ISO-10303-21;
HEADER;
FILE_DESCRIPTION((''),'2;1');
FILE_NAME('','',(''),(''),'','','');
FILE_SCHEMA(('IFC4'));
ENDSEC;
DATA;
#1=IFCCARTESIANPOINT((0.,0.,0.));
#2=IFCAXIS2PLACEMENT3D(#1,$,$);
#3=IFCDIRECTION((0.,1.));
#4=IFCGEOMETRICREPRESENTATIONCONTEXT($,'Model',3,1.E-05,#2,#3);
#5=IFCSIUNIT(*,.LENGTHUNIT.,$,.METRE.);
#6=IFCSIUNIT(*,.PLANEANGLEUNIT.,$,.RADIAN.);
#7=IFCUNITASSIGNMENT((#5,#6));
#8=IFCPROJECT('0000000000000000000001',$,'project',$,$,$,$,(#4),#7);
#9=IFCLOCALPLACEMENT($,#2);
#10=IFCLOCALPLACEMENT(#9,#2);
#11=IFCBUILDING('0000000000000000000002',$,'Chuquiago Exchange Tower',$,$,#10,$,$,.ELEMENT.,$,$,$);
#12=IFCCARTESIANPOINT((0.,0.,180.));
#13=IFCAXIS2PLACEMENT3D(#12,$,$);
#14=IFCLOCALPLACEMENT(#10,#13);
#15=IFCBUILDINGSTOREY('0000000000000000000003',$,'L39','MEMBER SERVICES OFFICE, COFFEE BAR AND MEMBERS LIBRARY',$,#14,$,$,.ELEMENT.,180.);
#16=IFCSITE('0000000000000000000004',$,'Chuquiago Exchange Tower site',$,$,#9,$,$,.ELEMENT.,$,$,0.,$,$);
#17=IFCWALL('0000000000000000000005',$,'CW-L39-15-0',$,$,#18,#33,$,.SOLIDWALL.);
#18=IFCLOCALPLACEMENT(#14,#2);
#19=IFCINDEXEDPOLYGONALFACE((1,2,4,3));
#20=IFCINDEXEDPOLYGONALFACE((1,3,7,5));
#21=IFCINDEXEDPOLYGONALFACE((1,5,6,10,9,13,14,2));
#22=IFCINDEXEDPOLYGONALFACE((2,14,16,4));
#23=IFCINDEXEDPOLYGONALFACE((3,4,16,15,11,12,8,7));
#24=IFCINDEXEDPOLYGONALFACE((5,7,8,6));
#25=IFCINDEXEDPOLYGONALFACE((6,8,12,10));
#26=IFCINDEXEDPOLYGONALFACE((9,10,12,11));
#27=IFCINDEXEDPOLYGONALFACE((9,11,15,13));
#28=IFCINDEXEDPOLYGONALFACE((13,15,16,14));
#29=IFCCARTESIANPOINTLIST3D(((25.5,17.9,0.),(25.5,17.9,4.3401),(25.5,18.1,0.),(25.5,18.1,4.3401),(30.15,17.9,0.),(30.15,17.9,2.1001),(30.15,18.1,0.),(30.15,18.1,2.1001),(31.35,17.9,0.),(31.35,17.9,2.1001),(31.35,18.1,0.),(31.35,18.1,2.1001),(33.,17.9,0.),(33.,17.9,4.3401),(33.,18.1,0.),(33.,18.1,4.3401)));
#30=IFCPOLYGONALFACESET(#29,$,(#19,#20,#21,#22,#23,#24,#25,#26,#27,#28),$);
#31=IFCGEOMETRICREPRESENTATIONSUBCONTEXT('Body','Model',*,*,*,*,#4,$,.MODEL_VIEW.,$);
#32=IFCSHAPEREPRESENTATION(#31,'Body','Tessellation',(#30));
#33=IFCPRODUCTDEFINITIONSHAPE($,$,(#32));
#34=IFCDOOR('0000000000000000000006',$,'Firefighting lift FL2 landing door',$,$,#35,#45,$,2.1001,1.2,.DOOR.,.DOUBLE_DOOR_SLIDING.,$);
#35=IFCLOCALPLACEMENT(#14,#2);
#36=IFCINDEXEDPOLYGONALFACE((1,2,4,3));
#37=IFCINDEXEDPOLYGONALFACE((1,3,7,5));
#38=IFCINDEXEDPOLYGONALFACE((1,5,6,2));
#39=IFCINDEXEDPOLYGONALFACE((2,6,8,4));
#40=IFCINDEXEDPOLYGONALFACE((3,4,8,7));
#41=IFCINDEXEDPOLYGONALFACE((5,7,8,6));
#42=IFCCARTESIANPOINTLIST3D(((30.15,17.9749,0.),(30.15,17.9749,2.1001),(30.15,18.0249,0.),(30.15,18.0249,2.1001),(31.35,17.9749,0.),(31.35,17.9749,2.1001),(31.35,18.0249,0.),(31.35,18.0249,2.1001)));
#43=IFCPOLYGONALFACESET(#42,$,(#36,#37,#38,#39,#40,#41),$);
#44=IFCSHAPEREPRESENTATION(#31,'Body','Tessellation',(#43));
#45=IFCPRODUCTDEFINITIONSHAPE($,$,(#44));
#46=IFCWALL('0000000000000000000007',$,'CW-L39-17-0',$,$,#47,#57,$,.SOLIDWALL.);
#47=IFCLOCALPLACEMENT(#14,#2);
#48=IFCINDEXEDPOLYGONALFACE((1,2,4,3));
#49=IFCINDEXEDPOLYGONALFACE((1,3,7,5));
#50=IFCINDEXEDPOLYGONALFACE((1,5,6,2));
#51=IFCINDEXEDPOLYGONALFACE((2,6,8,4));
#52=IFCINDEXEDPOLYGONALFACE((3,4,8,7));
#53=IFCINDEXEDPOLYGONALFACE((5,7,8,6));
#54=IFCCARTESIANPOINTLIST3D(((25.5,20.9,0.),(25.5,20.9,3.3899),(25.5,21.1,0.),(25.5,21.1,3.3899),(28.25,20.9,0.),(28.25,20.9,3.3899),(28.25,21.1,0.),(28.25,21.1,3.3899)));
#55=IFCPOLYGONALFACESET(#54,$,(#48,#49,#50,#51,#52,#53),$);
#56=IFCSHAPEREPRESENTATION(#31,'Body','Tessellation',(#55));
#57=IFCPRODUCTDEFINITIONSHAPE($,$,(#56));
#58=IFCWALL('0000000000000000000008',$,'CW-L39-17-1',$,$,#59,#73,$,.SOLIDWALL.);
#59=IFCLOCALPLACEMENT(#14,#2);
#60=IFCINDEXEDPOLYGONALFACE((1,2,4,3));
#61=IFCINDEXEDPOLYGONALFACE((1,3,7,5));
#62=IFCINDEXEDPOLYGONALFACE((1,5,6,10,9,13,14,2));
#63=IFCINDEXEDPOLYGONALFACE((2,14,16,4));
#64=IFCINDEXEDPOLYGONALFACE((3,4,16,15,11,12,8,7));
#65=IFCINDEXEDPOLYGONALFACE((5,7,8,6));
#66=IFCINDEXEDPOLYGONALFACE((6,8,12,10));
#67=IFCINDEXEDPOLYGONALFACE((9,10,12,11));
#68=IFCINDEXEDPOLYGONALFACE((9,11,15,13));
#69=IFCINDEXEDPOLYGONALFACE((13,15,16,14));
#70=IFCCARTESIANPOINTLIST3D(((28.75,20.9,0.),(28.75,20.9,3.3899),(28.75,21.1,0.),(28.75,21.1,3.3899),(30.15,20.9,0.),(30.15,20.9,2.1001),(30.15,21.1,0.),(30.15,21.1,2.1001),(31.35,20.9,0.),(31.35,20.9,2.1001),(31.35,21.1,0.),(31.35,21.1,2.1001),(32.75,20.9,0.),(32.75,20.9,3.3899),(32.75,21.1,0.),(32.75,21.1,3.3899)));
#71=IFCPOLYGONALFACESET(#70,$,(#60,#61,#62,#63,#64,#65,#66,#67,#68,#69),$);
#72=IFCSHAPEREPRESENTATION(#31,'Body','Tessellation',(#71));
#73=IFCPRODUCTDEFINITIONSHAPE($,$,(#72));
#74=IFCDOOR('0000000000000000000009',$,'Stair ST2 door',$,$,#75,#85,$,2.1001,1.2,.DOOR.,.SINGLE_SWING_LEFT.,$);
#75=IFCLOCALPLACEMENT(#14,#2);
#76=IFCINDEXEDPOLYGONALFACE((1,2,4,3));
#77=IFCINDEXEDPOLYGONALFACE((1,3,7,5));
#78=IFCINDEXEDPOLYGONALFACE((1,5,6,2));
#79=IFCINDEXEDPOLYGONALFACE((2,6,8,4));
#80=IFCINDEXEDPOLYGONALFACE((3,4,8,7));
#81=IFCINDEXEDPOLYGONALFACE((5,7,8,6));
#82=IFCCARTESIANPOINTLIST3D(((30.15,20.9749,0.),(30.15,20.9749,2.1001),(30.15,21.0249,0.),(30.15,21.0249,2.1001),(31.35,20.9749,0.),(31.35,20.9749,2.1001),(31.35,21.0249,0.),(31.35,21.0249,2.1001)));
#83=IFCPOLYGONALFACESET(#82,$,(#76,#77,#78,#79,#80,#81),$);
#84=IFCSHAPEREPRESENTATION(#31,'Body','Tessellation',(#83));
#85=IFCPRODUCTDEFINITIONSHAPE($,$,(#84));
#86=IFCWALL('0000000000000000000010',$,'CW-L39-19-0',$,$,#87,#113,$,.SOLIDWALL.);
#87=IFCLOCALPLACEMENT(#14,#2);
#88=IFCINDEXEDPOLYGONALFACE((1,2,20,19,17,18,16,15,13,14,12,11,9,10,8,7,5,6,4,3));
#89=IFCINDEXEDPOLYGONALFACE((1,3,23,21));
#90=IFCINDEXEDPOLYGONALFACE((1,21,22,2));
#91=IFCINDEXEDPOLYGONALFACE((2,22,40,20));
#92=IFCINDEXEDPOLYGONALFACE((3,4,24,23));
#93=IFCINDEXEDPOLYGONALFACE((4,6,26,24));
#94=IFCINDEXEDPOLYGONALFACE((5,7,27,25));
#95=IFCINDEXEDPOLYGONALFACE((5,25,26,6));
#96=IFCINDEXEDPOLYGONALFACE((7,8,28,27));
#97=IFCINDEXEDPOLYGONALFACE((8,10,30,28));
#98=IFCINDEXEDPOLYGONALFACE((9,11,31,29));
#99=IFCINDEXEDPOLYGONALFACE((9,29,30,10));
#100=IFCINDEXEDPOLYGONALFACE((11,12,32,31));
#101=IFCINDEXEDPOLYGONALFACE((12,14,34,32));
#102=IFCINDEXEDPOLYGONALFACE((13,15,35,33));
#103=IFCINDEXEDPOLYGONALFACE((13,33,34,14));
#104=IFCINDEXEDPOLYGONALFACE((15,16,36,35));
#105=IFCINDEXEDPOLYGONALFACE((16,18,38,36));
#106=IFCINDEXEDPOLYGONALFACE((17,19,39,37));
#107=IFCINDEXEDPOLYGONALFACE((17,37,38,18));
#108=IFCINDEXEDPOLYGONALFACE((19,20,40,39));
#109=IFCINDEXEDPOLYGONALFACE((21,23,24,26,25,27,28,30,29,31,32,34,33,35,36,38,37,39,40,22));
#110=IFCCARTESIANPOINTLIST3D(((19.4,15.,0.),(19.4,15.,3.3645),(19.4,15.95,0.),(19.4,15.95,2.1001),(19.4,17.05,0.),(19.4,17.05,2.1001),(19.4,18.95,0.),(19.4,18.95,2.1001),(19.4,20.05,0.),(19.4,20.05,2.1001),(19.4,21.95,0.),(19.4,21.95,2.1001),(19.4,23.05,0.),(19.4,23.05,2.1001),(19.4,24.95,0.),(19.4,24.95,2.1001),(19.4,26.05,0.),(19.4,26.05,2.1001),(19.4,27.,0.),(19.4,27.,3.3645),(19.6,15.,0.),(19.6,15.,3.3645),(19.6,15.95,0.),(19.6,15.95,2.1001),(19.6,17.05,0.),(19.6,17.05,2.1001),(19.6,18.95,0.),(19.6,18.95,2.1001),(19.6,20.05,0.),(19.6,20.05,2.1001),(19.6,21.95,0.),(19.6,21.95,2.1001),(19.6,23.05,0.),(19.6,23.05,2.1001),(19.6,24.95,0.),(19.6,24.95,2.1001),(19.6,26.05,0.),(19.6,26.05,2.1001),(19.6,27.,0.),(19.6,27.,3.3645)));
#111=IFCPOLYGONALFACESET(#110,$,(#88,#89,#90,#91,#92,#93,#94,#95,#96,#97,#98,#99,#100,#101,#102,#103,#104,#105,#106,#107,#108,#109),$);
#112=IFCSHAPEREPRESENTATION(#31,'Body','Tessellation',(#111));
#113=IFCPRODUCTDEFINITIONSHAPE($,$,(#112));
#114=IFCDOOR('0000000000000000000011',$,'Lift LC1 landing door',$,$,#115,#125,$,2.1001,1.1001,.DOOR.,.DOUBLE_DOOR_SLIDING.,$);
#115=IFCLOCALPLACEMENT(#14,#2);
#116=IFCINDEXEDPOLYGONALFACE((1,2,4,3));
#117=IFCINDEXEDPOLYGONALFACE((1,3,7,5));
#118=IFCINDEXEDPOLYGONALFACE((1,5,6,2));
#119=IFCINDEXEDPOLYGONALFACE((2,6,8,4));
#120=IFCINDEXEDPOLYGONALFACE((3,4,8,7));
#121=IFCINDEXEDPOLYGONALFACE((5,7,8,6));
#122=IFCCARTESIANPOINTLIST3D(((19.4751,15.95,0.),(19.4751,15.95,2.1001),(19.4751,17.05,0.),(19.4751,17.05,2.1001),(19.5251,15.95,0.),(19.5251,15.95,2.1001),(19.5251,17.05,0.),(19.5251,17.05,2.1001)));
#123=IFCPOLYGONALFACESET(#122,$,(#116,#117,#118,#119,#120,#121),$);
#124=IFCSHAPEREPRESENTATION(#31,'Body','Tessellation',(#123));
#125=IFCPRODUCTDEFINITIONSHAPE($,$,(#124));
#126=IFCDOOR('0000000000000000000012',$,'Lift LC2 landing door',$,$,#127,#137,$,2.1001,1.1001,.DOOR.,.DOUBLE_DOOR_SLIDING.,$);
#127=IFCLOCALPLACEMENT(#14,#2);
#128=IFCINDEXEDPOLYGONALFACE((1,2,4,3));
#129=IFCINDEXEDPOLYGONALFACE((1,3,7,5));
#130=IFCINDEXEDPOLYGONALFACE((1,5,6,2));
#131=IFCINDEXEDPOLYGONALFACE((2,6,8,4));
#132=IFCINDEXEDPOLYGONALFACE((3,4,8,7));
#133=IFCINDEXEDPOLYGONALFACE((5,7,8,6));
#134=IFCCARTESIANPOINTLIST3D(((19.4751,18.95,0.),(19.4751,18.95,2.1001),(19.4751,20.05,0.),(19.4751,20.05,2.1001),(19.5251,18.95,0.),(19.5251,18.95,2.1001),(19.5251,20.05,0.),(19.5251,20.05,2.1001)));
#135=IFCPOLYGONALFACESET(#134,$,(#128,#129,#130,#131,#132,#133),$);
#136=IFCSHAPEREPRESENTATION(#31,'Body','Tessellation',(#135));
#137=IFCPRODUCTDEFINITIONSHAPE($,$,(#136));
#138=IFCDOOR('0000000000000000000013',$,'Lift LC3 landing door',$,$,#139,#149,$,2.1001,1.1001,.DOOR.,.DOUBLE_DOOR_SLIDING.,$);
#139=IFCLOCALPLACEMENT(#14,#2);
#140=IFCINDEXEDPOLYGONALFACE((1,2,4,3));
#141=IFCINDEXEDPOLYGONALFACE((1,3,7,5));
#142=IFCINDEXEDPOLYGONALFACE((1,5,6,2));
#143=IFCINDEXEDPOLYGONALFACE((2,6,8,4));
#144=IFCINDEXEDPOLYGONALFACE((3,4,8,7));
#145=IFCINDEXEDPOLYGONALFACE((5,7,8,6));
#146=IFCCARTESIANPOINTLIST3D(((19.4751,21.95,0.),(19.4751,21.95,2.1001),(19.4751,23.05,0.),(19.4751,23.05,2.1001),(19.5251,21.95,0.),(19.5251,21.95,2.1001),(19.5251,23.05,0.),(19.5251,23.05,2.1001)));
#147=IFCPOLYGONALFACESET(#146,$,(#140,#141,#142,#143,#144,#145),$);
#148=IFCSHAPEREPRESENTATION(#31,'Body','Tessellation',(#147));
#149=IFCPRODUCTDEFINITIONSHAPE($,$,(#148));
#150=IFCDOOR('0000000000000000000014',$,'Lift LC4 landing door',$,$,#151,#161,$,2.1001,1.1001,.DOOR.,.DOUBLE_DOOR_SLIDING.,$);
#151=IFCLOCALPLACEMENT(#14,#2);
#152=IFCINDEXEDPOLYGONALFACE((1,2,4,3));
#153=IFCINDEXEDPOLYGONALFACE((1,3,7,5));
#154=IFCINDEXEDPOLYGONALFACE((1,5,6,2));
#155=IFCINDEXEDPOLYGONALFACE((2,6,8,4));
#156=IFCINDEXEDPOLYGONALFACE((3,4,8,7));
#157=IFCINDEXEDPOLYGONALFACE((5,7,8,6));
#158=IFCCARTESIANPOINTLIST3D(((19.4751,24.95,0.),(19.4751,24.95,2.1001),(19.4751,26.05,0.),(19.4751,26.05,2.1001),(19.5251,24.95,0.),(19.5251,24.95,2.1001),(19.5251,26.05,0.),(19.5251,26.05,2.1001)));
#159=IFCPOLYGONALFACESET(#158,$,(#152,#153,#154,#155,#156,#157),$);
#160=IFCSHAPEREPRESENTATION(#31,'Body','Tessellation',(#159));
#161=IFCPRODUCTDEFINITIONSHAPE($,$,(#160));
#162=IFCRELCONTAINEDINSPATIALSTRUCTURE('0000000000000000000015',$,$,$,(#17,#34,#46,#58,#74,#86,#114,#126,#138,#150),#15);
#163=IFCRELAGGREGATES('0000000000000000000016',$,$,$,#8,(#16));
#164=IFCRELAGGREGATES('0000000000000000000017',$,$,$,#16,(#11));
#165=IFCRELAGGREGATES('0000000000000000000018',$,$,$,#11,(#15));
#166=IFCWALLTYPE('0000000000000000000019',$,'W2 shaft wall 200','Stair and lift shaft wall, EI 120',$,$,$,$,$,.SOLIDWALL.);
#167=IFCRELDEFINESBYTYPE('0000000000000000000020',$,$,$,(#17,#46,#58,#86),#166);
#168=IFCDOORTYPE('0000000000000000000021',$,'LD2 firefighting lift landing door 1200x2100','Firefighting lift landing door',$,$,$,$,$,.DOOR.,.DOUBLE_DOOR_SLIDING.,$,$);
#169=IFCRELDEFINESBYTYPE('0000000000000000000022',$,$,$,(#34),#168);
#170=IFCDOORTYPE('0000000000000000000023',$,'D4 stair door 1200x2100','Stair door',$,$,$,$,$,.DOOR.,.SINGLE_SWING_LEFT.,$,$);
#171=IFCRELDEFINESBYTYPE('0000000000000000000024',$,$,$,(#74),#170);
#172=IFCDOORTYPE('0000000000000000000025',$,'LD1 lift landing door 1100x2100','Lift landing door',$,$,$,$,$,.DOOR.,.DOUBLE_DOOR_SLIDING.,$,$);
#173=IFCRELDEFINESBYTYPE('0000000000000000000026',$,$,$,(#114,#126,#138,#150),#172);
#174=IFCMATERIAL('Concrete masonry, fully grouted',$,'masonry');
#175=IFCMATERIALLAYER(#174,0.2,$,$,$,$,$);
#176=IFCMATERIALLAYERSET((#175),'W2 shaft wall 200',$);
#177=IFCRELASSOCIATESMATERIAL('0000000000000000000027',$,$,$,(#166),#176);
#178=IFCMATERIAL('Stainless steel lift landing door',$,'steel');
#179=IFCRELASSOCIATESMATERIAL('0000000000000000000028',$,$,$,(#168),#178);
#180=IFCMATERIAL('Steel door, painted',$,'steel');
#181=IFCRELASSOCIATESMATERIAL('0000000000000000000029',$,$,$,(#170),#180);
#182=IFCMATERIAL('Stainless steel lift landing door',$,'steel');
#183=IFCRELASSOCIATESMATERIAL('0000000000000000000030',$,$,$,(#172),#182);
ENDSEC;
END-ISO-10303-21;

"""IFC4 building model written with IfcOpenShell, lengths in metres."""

from ifc_helpers import new_model, si_unit, direction, frame, frame_2d, origin, place, context, subcontext, project, spatial, rectangle, extrude, material, layer, layer_set, type_object, element, fill, save


model = new_model("IFC4")

# Units and contexts
model_context = context("Model", 3, precision=1e-05, world=origin(), true_north=direction((0.0, 1.0)))
body_context = subcontext(model_context, "Body", "Model", "MODEL_VIEW")
ifc_project = project(units=[si_unit("LENGTHUNIT", "METRE"), si_unit("PLANEANGLEUNIT", "RADIAN")], contexts=[model_context])

# Site, building, storey
site_placement = place(None, origin())
site = spatial("IfcSite", under=ifc_project, at=site_placement, Name="Chuquiago Exchange Tower site", CompositionType="ELEMENT", RefElevation=0.0)
building_placement = place(site_placement, origin())
building = spatial("IfcBuilding", under=site, at=building_placement, Name="Chuquiago Exchange Tower", CompositionType="ELEMENT")
storey_placement = place(building_placement, frame((0.0, 0.0, 180.0)))
storey = spatial("IfcBuildingStorey", under=building, at=storey_placement, Name="L39", Description="MEMBER SERVICES OFFICE, COFFEE BAR AND MEMBERS LIBRARY", CompositionType="ELEMENT", Elevation=180.0)

# Shared definitions
ifc_material_1 = material(Name="Concrete masonry, fully grouted", Category="masonry")
ifc_layer_1 = layer(ifc_material_1, 0.2)
ifc_layer_set_1 = layer_set([ifc_layer_1], Name="W2 shaft wall 200")
wall_type_1 = type_object("IfcWallType", Name="W2 shaft wall 200", Description="Stair and lift shaft wall, EI 120", PredefinedType="SOLIDWALL", material=ifc_layer_set_1)

# Wall, opening, door
wall_1_placement = place(storey_placement, frame((25.5, 18.0, 0.0), z_axis=(0.0, 0.0, 1.0), x_axis=(1.0, 0.0, 0.0)))
wall_1 = element("IfcWall", 1, at=wall_1_placement, inside=storey, type_object=wall_type_1, Name="CW-L39-15-0", PredefinedType="SOLIDWALL", context=body_context, shape_type="SweptSolid", body=[
    extrude(rectangle(XDim=7.5, YDim=0.2, at=frame_2d((3.75, 0.0))), origin(), (0.0, 0.0, 1.0), 4.3401),
])
opening_1_placement = place(wall_1_placement, frame((4.6499, 0.0, 0.0)))
opening_1 = element("IfcOpeningElement", 2, at=opening_1_placement, cuts=wall_1, PredefinedType="OPENING", context=body_context, shape_type="SweptSolid", body=[
    extrude(rectangle(XDim=1.2, YDim=2.1001, at=frame_2d((0.6001, 1.05))), frame((0.0, 0.1099, 0.0), z_axis=(0.0, -1.0, 0.0), x_axis=(1.0, 0.0, 0.0)), (0.0, 0.0, 1.0), 0.22),
])
ifc_material_2 = material(Name="Stainless steel lift landing door", Category="steel")
door_type_1 = type_object("IfcDoorType", Name="LD2 firefighting lift landing door 1200x2100", Description="Firefighting lift landing door", OperationType="DOUBLE_DOOR_SLIDING", PredefinedType="DOOR", material=ifc_material_2)
door_1_placement = place(opening_1_placement, origin())
door_1 = element("IfcDoor", 3, at=door_1_placement, inside=storey, type_object=door_type_1, Name="Firefighting lift FL2 landing door", OperationType="DOUBLE_DOOR_SLIDING", OverallHeight=2.1001, OverallWidth=1.2, PredefinedType="DOOR", context=body_context, shape_type="SweptSolid", body=[
    extrude(rectangle(XDim=1.2, YDim=2.1001, at=frame_2d((0.6001, 1.05))), frame((0.0, 0.0249, 0.0), z_axis=(0.0, -1.0, 0.0), x_axis=(1.0, 0.0, 0.0)), (0.0, 0.0, 1.0), 0.05),
])
fill(opening_1, door_1)

# Wall
wall_2_placement = place(storey_placement, frame((25.5, 21.0, 0.0), z_axis=(0.0, 0.0, 1.0), x_axis=(1.0, 0.0, 0.0)))
element("IfcWall", 4, at=wall_2_placement, inside=storey, type_object=wall_type_1, Name="CW-L39-17-0", PredefinedType="SOLIDWALL", context=body_context, shape_type="SweptSolid", body=[
    extrude(rectangle(XDim=2.75, YDim=0.2, at=frame_2d((1.375, 0.0))), origin(), (0.0, 0.0, 1.0), 3.3899),
])

# Wall, opening, door
wall_3_placement = place(storey_placement, frame((28.75, 21.0, 0.0), z_axis=(0.0, 0.0, 1.0), x_axis=(1.0, 0.0, 0.0)))
wall_3 = element("IfcWall", 5, at=wall_3_placement, inside=storey, type_object=wall_type_1, Name="CW-L39-17-1", PredefinedType="SOLIDWALL", context=body_context, shape_type="SweptSolid", body=[
    extrude(rectangle(XDim=4.0, YDim=0.2, at=frame_2d((2.0, 0.0))), origin(), (0.0, 0.0, 1.0), 3.3899),
])
opening_2_placement = place(wall_3_placement, frame((1.3999, 0.0, 0.0)))
opening_2 = element("IfcOpeningElement", 6, at=opening_2_placement, cuts=wall_3, PredefinedType="OPENING", context=body_context, shape_type="SweptSolid", body=[
    extrude(rectangle(XDim=1.2, YDim=2.1001, at=frame_2d((0.6001, 1.05))), frame((0.0, 0.1099, 0.0), z_axis=(0.0, -1.0, 0.0), x_axis=(1.0, 0.0, 0.0)), (0.0, 0.0, 1.0), 0.22),
])
ifc_material_3 = material(Name="Steel door, painted", Category="steel")
door_type_2 = type_object("IfcDoorType", Name="D4 stair door 1200x2100", Description="Stair door", OperationType="SINGLE_SWING_LEFT", PredefinedType="DOOR", material=ifc_material_3)
door_2_placement = place(opening_2_placement, origin())
door_2 = element("IfcDoor", 7, at=door_2_placement, inside=storey, type_object=door_type_2, Name="Stair ST2 door", OperationType="SINGLE_SWING_LEFT", OverallHeight=2.1001, OverallWidth=1.2, PredefinedType="DOOR", context=body_context, shape_type="SweptSolid", body=[
    extrude(rectangle(XDim=1.2, YDim=2.1001, at=frame_2d((0.6001, 1.05))), frame((0.0, 0.0249, 0.0), z_axis=(0.0, -1.0, 0.0), x_axis=(1.0, 0.0, 0.0)), (0.0, 0.0, 1.0), 0.05),
])
fill(opening_2, door_2)

# Wall, openings, doors
wall_4_placement = place(storey_placement, frame((19.5, 15.0, 0.0), z_axis=(0.0, 0.0, 1.0), x_axis=(0.0, 1.0, 0.0)))
wall_4 = element("IfcWall", 8, at=wall_4_placement, inside=storey, type_object=wall_type_1, Name="CW-L39-19-0", PredefinedType="SOLIDWALL", context=body_context, shape_type="SweptSolid", body=[
    extrude(rectangle(XDim=12.0, YDim=0.2, at=frame_2d((6.0, 0.0))), origin(), (0.0, 0.0, 1.0), 3.3645),
])
opening_3_placement = place(wall_4_placement, frame((0.95, 0.0, 0.0)))
opening_3 = element("IfcOpeningElement", 9, at=opening_3_placement, cuts=wall_4, PredefinedType="OPENING", context=body_context, shape_type="SweptSolid", body=[
    extrude(rectangle(XDim=1.1001, YDim=2.1001, at=frame_2d((0.55, 1.05))), frame((0.0, 0.1099, 0.0), z_axis=(0.0, -1.0, 0.0), x_axis=(1.0, 0.0, 0.0)), (0.0, 0.0, 1.0), 0.22),
])
opening_4_placement = place(wall_4_placement, frame((3.95, 0.0, 0.0)))
opening_4 = element("IfcOpeningElement", 10, at=opening_4_placement, cuts=wall_4, PredefinedType="OPENING", context=body_context, shape_type="SweptSolid", body=[
    extrude(rectangle(XDim=1.1001, YDim=2.1001, at=frame_2d((0.55, 1.05))), frame((0.0, 0.1099, 0.0), z_axis=(0.0, -1.0, 0.0), x_axis=(1.0, 0.0, 0.0)), (0.0, 0.0, 1.0), 0.22),
])
opening_5_placement = place(wall_4_placement, frame((6.95, 0.0, 0.0)))
opening_5 = element("IfcOpeningElement", 11, at=opening_5_placement, cuts=wall_4, PredefinedType="OPENING", context=body_context, shape_type="SweptSolid", body=[
    extrude(rectangle(XDim=1.1001, YDim=2.1001, at=frame_2d((0.55, 1.05))), frame((0.0, 0.1099, 0.0), z_axis=(0.0, -1.0, 0.0), x_axis=(1.0, 0.0, 0.0)), (0.0, 0.0, 1.0), 0.22),
])
opening_6_placement = place(wall_4_placement, frame((9.95, 0.0, 0.0)))
opening_6 = element("IfcOpeningElement", 12, at=opening_6_placement, cuts=wall_4, PredefinedType="OPENING", context=body_context, shape_type="SweptSolid", body=[
    extrude(rectangle(XDim=1.1001, YDim=2.1001, at=frame_2d((0.55, 1.05))), frame((0.0, 0.1099, 0.0), z_axis=(0.0, -1.0, 0.0), x_axis=(1.0, 0.0, 0.0)), (0.0, 0.0, 1.0), 0.22),
])
ifc_material_4 = material(Name="Stainless steel lift landing door", Category="steel")
door_type_3 = type_object("IfcDoorType", Name="LD1 lift landing door 1100x2100", Description="Lift landing door", OperationType="DOUBLE_DOOR_SLIDING", PredefinedType="DOOR", material=ifc_material_4)
door_3_placement = place(opening_3_placement, origin())
door_3 = element("IfcDoor", 13, at=door_3_placement, inside=storey, type_object=door_type_3, Name="Lift LC1 landing door", OperationType="DOUBLE_DOOR_SLIDING", OverallHeight=2.1001, OverallWidth=1.1001, PredefinedType="DOOR", context=body_context, shape_type="SweptSolid", body=[
    extrude(rectangle(XDim=1.1001, YDim=2.1001, at=frame_2d((0.55, 1.05))), frame((0.0, 0.0249, 0.0), z_axis=(0.0, -1.0, 0.0), x_axis=(1.0, 0.0, 0.0)), (0.0, 0.0, 1.0), 0.05),
])
fill(opening_3, door_3)
door_4_placement = place(opening_4_placement, origin())
door_4 = element("IfcDoor", 14, at=door_4_placement, inside=storey, type_object=door_type_3, Name="Lift LC2 landing door", OperationType="DOUBLE_DOOR_SLIDING", OverallHeight=2.1001, OverallWidth=1.1001, PredefinedType="DOOR", context=body_context, shape_type="SweptSolid", body=[
    extrude(rectangle(XDim=1.1001, YDim=2.1001, at=frame_2d((0.55, 1.05))), frame((0.0, 0.0249, 0.0), z_axis=(0.0, -1.0, 0.0), x_axis=(1.0, 0.0, 0.0)), (0.0, 0.0, 1.0), 0.05),
])
fill(opening_4, door_4)
door_5_placement = place(opening_5_placement, origin())
door_5 = element("IfcDoor", 15, at=door_5_placement, inside=storey, type_object=door_type_3, Name="Lift LC3 landing door", OperationType="DOUBLE_DOOR_SLIDING", OverallHeight=2.1001, OverallWidth=1.1001, PredefinedType="DOOR", context=body_context, shape_type="SweptSolid", body=[
    extrude(rectangle(XDim=1.1001, YDim=2.1001, at=frame_2d((0.55, 1.05))), frame((0.0, 0.0249, 0.0), z_axis=(0.0, -1.0, 0.0), x_axis=(1.0, 0.0, 0.0)), (0.0, 0.0, 1.0), 0.05),
])
fill(opening_5, door_5)
door_6_placement = place(opening_6_placement, origin())
door_6 = element("IfcDoor", 16, at=door_6_placement, inside=storey, type_object=door_type_3, Name="Lift LC4 landing door", OperationType="DOUBLE_DOOR_SLIDING", OverallHeight=2.1001, OverallWidth=1.1001, PredefinedType="DOOR", context=body_context, shape_type="SweptSolid", body=[
    extrude(rectangle(XDim=1.1001, YDim=2.1001, at=frame_2d((0.55, 1.05))), frame((0.0, 0.0249, 0.0), z_axis=(0.0, -1.0, 0.0), x_axis=(1.0, 0.0, 0.0)), (0.0, 0.0, 1.0), 0.05),
])
fill(opening_6, door_6)

save(model, "model.ifc")
